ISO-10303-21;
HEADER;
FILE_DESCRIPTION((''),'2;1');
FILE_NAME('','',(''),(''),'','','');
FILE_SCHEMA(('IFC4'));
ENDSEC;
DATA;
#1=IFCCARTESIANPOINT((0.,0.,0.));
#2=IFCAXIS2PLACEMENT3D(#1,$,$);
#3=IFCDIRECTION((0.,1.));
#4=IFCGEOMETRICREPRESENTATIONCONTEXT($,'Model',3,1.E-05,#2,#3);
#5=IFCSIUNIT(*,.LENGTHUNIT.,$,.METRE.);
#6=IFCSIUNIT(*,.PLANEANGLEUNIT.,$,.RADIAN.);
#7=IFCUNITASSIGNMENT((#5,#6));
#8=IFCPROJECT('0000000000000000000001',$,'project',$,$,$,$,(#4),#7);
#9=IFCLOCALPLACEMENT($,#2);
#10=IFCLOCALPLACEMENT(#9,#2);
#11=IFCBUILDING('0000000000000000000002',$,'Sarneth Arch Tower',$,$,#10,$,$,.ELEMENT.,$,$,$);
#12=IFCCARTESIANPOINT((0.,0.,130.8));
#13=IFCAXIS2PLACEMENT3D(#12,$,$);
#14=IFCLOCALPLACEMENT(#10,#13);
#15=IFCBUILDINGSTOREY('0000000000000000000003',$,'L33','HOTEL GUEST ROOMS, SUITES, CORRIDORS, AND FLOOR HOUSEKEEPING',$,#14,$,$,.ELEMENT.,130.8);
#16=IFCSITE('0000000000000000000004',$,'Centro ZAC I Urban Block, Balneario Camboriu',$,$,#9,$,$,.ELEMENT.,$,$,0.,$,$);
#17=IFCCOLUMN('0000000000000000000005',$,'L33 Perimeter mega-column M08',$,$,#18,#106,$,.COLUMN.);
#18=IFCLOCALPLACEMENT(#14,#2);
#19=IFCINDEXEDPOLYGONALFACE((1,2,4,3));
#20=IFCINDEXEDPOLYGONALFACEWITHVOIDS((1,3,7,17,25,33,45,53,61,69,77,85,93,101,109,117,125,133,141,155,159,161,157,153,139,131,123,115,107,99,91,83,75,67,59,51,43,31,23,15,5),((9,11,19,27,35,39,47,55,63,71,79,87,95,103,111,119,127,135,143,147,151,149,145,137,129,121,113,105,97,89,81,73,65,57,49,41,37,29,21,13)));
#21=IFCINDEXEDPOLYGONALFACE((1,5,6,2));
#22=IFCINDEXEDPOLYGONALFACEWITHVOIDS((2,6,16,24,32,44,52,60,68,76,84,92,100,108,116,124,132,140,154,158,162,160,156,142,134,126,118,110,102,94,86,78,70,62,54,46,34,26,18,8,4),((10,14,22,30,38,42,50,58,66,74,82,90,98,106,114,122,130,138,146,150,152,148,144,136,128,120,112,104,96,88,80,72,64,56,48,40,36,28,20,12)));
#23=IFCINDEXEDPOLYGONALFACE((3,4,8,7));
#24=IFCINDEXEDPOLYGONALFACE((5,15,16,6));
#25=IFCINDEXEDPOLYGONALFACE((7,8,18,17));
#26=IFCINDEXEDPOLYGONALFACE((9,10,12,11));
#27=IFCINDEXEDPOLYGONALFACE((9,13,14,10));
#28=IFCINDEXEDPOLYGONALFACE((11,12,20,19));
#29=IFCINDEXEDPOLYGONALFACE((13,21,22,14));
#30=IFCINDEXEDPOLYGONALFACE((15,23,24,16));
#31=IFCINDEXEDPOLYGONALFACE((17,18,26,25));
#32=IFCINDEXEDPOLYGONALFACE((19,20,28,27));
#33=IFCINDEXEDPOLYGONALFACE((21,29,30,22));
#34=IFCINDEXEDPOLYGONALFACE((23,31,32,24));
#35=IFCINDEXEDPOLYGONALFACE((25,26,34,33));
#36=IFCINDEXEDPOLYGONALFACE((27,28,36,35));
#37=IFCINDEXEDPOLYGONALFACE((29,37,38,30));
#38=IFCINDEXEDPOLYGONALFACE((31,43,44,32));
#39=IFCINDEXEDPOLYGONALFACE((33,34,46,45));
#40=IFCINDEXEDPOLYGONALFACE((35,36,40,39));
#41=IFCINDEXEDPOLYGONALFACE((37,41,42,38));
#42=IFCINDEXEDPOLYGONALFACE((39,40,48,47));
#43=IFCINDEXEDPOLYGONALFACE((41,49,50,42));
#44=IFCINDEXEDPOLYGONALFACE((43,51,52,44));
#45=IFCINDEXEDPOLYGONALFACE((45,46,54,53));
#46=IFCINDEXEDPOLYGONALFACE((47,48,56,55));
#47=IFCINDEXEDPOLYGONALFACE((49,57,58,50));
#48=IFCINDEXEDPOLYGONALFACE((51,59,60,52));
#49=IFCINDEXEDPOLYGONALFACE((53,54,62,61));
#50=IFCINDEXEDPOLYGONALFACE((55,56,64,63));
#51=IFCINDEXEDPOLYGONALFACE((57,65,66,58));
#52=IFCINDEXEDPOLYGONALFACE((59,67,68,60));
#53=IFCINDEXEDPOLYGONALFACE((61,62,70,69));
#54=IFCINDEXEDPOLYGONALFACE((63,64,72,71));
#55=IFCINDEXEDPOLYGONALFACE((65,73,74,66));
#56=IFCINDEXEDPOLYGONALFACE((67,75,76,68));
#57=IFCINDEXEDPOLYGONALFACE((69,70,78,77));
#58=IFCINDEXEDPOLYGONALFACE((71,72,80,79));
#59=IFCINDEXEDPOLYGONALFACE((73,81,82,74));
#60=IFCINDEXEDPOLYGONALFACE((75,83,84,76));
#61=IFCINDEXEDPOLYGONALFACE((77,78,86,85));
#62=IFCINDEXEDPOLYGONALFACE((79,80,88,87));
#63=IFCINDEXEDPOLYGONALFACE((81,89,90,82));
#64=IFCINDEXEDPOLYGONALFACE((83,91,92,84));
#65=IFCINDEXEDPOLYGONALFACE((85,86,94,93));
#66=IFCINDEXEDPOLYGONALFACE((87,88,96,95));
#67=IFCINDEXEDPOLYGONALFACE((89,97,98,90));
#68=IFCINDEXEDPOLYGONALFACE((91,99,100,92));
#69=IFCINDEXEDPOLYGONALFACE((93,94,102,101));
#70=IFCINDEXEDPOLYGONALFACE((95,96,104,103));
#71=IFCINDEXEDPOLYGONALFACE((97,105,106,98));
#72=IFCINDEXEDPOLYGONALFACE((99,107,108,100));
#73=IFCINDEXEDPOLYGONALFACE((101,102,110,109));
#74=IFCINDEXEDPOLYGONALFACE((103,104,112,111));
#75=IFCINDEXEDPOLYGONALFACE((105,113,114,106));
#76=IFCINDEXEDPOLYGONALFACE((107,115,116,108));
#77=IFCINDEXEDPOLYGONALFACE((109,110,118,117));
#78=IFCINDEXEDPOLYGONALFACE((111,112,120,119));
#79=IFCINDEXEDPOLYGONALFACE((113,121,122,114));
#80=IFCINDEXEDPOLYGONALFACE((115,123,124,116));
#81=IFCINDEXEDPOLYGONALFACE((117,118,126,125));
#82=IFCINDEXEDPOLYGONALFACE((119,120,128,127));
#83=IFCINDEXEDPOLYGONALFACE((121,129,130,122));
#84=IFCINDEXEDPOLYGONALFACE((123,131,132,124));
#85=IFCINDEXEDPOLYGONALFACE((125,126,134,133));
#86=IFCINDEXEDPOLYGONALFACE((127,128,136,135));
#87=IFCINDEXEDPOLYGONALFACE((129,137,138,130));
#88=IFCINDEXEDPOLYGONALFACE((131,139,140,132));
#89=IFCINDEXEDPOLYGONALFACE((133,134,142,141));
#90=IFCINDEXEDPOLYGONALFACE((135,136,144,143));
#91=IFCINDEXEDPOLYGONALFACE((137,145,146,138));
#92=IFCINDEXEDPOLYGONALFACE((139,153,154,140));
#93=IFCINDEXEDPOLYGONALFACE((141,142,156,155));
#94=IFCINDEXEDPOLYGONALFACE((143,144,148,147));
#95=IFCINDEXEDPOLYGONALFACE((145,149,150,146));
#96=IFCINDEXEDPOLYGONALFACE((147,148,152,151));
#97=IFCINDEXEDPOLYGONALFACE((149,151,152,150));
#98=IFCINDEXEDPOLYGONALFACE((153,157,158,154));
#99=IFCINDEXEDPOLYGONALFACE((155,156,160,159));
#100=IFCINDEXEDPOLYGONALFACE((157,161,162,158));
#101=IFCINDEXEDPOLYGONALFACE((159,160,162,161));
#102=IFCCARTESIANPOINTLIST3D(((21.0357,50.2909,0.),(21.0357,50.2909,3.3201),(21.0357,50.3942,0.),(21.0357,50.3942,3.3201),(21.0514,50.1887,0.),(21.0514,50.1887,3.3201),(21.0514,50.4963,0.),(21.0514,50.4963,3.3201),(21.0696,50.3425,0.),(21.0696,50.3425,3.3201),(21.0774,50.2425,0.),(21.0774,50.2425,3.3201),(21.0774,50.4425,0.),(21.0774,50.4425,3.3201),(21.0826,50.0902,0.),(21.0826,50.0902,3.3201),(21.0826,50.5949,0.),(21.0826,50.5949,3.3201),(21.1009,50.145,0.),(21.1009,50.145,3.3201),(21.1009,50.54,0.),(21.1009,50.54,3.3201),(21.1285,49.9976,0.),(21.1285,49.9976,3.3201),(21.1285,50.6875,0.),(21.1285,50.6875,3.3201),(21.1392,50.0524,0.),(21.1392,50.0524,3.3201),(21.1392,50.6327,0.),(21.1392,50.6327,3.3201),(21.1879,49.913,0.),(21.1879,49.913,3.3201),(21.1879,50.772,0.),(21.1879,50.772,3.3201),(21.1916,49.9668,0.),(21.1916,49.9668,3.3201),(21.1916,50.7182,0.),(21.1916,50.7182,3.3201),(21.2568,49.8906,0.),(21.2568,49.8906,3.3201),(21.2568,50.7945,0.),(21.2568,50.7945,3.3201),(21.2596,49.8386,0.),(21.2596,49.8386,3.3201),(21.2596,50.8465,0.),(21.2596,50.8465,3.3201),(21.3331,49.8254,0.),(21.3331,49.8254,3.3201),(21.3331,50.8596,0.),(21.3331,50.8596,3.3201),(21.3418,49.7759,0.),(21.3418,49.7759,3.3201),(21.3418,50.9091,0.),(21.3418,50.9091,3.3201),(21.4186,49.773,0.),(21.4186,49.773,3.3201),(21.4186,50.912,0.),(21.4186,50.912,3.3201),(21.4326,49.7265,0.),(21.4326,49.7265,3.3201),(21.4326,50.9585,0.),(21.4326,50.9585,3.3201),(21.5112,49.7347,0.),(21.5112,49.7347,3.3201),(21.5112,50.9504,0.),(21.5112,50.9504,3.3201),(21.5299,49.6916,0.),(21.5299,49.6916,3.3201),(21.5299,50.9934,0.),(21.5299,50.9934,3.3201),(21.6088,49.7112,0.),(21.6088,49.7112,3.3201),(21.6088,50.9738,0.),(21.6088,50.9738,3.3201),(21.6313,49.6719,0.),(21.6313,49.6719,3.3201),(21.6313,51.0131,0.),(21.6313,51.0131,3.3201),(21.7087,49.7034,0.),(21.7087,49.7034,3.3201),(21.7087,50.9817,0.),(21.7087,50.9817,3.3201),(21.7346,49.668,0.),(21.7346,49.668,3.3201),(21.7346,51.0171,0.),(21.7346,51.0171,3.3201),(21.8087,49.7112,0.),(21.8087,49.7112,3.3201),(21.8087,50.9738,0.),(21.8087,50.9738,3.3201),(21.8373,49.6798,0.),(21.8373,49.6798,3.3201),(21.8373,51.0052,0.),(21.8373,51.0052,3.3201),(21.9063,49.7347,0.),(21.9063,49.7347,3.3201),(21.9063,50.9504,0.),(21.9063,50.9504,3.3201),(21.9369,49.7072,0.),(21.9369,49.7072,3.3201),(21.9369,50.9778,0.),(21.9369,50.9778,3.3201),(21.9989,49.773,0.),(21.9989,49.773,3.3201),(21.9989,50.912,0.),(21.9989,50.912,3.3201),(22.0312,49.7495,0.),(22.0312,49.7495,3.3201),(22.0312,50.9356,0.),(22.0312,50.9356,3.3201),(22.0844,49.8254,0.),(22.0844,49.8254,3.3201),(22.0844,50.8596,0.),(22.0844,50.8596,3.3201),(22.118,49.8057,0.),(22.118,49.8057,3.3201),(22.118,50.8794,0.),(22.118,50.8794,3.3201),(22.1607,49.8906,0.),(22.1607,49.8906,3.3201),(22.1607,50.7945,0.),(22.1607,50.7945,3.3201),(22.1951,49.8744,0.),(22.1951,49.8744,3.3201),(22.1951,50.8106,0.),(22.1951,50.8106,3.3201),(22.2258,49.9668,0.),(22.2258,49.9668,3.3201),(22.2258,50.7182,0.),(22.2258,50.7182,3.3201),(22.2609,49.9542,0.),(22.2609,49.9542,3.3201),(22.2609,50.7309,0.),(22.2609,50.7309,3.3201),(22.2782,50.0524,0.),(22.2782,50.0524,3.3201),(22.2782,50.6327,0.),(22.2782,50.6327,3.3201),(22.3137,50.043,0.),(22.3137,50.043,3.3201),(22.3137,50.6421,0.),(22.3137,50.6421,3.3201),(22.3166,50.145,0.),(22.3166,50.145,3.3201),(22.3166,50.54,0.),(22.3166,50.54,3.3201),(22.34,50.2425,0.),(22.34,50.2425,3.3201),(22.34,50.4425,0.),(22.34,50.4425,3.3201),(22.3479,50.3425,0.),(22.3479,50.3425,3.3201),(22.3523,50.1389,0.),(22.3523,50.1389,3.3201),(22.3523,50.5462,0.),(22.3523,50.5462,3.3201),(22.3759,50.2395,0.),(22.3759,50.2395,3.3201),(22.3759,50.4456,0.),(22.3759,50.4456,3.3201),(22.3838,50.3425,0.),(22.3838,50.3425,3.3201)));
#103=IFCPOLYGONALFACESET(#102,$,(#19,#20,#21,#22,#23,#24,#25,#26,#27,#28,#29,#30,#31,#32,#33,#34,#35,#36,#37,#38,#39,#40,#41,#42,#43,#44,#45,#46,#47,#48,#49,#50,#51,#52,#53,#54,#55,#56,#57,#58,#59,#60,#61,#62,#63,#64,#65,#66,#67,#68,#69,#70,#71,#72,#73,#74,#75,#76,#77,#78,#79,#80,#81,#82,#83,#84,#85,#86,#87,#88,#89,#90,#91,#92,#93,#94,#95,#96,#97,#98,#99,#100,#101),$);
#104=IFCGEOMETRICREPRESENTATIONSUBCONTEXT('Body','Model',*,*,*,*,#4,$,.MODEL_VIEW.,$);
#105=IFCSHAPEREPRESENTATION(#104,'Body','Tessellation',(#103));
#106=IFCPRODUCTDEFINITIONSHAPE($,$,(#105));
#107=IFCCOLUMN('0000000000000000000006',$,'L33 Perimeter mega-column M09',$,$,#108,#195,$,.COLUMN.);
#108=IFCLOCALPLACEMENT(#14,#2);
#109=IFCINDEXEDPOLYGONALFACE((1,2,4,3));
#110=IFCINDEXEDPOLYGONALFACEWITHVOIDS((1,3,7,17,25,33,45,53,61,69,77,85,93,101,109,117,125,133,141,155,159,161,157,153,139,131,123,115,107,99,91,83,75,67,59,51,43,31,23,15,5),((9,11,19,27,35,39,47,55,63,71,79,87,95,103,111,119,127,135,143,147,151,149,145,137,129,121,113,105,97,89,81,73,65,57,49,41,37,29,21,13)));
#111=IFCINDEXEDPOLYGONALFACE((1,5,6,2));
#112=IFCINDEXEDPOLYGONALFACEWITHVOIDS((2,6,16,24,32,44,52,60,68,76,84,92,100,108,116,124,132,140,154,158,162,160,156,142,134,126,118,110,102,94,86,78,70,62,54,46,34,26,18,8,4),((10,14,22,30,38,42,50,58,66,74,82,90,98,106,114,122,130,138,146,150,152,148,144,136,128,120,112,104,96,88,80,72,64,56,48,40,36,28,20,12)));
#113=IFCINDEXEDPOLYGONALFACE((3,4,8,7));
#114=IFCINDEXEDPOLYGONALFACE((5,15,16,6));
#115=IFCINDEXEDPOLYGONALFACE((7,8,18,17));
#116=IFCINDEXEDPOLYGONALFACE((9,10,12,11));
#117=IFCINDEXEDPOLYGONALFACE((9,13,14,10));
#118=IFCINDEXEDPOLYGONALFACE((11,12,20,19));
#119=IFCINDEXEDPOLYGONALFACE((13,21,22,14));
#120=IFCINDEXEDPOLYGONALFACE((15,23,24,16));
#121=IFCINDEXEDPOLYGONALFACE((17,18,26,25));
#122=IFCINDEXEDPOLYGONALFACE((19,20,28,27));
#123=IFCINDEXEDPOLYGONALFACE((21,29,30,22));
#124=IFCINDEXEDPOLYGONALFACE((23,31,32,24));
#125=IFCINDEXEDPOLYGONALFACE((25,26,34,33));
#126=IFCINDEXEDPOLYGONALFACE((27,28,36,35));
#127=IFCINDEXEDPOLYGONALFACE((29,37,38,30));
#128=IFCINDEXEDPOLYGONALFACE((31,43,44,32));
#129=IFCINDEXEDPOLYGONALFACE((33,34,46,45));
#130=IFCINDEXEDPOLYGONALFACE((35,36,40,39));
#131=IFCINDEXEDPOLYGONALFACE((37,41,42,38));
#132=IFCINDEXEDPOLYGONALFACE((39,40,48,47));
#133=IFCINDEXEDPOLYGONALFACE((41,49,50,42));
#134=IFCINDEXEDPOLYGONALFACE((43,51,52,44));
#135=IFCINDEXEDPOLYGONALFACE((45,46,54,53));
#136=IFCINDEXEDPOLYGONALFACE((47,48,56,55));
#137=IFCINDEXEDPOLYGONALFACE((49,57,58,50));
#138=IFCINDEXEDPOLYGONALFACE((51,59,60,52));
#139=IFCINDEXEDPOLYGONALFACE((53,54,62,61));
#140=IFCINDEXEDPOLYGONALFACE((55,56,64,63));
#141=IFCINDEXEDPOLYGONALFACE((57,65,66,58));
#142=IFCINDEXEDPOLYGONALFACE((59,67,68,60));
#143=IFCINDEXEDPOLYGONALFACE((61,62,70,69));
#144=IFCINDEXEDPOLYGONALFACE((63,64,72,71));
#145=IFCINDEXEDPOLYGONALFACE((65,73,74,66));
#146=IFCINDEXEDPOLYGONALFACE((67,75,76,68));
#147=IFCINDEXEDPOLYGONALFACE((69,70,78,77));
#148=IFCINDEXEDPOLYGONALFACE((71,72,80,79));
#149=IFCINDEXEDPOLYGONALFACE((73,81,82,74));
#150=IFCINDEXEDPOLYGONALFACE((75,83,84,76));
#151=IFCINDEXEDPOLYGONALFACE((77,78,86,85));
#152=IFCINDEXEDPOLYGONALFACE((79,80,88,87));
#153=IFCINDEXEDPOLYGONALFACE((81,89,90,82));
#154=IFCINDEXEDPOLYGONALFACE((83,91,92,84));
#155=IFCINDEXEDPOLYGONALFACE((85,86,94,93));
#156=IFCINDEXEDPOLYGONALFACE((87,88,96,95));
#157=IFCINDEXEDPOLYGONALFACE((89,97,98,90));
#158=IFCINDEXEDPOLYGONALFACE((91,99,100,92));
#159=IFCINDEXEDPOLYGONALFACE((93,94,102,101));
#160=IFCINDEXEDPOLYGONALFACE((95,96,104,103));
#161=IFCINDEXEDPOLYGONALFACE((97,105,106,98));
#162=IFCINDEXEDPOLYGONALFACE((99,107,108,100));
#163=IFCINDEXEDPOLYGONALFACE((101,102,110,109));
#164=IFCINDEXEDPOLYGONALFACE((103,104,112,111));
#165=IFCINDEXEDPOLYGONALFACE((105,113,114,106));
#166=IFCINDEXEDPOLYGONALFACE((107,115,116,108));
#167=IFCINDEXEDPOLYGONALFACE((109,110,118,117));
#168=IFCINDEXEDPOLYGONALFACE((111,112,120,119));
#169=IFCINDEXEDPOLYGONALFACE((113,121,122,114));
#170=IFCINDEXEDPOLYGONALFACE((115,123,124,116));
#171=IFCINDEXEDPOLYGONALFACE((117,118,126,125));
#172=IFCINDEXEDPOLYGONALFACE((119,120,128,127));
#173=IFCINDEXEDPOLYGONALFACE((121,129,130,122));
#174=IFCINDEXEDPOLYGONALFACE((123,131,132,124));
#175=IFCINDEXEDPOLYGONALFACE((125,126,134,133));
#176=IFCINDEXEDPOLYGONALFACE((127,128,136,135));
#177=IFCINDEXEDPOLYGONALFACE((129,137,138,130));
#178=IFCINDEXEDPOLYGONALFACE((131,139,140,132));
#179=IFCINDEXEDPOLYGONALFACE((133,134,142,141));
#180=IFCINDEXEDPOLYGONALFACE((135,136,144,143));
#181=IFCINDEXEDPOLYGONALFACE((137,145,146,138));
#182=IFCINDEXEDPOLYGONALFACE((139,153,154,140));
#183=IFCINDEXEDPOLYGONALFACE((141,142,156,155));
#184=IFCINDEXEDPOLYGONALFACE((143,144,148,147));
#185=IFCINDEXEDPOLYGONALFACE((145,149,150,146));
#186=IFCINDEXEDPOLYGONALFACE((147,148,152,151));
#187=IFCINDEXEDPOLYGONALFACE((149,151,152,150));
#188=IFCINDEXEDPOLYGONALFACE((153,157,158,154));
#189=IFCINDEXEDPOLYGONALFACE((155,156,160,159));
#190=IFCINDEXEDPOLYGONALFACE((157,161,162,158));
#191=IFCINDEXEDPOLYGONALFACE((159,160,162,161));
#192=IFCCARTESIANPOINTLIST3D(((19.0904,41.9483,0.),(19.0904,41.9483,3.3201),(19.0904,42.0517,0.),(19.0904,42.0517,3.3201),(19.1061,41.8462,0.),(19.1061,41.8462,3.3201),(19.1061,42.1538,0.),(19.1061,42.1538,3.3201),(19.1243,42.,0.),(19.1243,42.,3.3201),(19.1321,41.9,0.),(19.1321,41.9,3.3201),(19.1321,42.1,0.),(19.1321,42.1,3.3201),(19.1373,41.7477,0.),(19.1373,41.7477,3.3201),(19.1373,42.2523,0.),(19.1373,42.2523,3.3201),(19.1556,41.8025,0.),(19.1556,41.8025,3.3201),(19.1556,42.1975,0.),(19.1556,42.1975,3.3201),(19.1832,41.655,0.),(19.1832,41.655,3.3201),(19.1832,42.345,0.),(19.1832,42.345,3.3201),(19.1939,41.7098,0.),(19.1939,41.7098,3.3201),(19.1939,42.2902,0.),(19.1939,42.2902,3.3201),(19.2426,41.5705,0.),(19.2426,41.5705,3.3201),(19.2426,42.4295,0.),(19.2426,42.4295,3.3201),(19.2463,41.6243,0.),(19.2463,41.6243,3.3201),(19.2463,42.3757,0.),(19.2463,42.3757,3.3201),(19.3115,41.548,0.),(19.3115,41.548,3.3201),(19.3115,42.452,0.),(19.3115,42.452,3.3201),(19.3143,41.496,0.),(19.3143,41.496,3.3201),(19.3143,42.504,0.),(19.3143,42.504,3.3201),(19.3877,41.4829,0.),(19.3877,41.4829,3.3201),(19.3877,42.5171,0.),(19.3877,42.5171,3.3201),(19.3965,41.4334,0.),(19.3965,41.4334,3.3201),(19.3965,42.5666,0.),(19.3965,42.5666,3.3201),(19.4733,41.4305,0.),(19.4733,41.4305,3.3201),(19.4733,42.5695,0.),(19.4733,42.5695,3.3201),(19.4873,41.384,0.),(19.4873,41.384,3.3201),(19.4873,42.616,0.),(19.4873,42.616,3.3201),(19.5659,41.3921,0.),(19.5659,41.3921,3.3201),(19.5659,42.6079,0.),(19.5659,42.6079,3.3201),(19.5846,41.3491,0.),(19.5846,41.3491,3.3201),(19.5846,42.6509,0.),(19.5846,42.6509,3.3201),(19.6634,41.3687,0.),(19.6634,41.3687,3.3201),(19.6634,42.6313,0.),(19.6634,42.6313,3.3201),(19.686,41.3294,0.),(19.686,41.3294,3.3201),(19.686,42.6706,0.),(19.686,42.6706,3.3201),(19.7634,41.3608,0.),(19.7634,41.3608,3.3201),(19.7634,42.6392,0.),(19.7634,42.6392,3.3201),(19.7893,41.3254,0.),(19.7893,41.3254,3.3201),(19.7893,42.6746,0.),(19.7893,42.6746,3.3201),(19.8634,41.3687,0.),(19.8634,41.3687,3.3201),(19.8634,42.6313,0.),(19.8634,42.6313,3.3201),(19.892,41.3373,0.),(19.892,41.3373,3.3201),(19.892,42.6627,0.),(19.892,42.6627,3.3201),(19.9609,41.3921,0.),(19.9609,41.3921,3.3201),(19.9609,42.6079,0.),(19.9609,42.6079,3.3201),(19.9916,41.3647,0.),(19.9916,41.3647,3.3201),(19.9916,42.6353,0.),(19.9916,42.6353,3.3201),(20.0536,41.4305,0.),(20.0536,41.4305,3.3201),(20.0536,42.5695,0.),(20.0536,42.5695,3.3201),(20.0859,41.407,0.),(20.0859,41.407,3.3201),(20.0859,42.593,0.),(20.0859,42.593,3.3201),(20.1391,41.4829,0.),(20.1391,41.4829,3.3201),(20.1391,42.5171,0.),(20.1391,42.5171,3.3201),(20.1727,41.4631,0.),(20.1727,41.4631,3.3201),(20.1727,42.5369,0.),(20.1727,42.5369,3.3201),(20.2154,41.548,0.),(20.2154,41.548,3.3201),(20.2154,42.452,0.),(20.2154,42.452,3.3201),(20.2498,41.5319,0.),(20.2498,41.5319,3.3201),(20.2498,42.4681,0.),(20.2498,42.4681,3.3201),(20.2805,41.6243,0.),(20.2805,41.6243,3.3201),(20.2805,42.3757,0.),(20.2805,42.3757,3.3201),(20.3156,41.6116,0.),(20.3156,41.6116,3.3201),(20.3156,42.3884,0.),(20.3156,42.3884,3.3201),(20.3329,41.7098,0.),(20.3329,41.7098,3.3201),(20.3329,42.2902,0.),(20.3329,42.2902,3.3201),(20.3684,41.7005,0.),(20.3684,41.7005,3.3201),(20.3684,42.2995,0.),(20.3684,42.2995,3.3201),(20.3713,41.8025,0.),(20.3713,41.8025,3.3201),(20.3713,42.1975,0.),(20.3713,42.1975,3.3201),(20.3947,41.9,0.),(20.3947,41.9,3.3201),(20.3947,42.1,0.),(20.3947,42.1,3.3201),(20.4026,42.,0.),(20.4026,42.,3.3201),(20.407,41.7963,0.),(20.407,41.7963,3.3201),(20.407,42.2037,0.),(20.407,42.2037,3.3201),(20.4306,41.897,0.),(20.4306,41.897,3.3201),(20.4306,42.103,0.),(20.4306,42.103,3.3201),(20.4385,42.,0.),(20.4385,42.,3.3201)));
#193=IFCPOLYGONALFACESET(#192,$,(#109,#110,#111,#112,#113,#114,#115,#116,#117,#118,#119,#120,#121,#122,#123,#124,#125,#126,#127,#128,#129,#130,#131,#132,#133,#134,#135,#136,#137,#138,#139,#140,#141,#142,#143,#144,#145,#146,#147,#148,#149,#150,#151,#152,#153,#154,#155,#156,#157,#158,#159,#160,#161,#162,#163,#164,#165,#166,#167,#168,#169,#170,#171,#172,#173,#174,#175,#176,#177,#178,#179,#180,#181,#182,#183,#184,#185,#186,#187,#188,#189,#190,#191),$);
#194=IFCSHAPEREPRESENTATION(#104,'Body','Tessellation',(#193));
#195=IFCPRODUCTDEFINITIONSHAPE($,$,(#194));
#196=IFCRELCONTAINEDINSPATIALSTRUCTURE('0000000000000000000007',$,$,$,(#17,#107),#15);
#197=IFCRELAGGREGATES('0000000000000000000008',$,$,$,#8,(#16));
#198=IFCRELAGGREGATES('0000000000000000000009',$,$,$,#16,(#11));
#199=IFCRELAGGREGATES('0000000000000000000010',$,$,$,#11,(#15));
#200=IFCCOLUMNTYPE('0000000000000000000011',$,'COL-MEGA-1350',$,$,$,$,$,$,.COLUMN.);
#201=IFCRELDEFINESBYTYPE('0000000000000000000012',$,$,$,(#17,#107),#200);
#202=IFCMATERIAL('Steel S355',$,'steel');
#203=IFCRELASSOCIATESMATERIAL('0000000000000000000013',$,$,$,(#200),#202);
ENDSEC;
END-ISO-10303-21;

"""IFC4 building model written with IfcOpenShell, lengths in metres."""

from ifc_helpers import new_model, si_unit, direction, frame, origin, origin_2d, place, context, subcontext, project, spatial, hollow_circle, extrude, material, material_profile, profile_set, type_object, element, save


model = new_model("IFC4")

# Units and contexts
model_context = context("Model", 3, precision=1e-05, world=origin(), true_north=direction((0.0, 1.0)))
body_context = subcontext(model_context, "Body", "Model", "MODEL_VIEW")
ifc_project = project(units=[si_unit("LENGTHUNIT", "METRE"), si_unit("PLANEANGLEUNIT", "RADIAN")], contexts=[model_context])

# Site, building, storey
site_placement = place(None, origin())
site = spatial("IfcSite", under=ifc_project, at=site_placement, Name="Centro ZAC I Urban Block, Balneario Camboriu", CompositionType="ELEMENT", RefElevation=0.0)
building_placement = place(site_placement, origin())
building = spatial("IfcBuilding", under=site, at=building_placement, Name="Sarneth Arch Tower", CompositionType="ELEMENT")
storey_placement = place(building_placement, frame((0.0, 0.0, 130.8)))
storey = spatial("IfcBuildingStorey", under=building, at=storey_placement, Name="L33", Description="HOTEL GUEST ROOMS, SUITES, CORRIDORS, AND FLOOR HOUSEKEEPING", CompositionType="ELEMENT", Elevation=130.8)

# Columns
ifc_material_1 = material(Name="Steel S355", Category="steel")
ifc_material_profile_1 = material_profile(ifc_material_1, hollow_circle(Radius=0.675, WallThickness=0.0359, at=origin_2d()), Name="CHS1350x36")
ifc_profile_set_1 = profile_set([ifc_material_profile_1], Name="Steel S355")
column_type = type_object("IfcColumnType", Name="COL-MEGA-1350", PredefinedType="COLUMN", material=ifc_profile_set_1)
for number, where, z_axis, x_axis, name in (
    (1, (21.7087, 50.3425, 0.0), (0.0, 0.0, 1.0), (1.0, 0.0, 0.0), "L33 Perimeter mega-column M08"),
    (2, (19.7634, 42.0, 0.0), (0.0, 0.0, 1.0), (1.0, 0.0, 0.0), "L33 Perimeter mega-column M09"),
):
    element("IfcColumn", number, at=place(storey_placement, frame(where, z_axis=z_axis, x_axis=x_axis)), inside=storey, type_object=column_type, Name=name, PredefinedType="COLUMN", context=body_context, shape_type="SweptSolid", body=[
        extrude(hollow_circle(Radius=0.675, WallThickness=0.0359, at=origin_2d()), origin(), (0.0, 0.0, 1.0), 3.3201),
    ])

save(model, "model.ifc")
